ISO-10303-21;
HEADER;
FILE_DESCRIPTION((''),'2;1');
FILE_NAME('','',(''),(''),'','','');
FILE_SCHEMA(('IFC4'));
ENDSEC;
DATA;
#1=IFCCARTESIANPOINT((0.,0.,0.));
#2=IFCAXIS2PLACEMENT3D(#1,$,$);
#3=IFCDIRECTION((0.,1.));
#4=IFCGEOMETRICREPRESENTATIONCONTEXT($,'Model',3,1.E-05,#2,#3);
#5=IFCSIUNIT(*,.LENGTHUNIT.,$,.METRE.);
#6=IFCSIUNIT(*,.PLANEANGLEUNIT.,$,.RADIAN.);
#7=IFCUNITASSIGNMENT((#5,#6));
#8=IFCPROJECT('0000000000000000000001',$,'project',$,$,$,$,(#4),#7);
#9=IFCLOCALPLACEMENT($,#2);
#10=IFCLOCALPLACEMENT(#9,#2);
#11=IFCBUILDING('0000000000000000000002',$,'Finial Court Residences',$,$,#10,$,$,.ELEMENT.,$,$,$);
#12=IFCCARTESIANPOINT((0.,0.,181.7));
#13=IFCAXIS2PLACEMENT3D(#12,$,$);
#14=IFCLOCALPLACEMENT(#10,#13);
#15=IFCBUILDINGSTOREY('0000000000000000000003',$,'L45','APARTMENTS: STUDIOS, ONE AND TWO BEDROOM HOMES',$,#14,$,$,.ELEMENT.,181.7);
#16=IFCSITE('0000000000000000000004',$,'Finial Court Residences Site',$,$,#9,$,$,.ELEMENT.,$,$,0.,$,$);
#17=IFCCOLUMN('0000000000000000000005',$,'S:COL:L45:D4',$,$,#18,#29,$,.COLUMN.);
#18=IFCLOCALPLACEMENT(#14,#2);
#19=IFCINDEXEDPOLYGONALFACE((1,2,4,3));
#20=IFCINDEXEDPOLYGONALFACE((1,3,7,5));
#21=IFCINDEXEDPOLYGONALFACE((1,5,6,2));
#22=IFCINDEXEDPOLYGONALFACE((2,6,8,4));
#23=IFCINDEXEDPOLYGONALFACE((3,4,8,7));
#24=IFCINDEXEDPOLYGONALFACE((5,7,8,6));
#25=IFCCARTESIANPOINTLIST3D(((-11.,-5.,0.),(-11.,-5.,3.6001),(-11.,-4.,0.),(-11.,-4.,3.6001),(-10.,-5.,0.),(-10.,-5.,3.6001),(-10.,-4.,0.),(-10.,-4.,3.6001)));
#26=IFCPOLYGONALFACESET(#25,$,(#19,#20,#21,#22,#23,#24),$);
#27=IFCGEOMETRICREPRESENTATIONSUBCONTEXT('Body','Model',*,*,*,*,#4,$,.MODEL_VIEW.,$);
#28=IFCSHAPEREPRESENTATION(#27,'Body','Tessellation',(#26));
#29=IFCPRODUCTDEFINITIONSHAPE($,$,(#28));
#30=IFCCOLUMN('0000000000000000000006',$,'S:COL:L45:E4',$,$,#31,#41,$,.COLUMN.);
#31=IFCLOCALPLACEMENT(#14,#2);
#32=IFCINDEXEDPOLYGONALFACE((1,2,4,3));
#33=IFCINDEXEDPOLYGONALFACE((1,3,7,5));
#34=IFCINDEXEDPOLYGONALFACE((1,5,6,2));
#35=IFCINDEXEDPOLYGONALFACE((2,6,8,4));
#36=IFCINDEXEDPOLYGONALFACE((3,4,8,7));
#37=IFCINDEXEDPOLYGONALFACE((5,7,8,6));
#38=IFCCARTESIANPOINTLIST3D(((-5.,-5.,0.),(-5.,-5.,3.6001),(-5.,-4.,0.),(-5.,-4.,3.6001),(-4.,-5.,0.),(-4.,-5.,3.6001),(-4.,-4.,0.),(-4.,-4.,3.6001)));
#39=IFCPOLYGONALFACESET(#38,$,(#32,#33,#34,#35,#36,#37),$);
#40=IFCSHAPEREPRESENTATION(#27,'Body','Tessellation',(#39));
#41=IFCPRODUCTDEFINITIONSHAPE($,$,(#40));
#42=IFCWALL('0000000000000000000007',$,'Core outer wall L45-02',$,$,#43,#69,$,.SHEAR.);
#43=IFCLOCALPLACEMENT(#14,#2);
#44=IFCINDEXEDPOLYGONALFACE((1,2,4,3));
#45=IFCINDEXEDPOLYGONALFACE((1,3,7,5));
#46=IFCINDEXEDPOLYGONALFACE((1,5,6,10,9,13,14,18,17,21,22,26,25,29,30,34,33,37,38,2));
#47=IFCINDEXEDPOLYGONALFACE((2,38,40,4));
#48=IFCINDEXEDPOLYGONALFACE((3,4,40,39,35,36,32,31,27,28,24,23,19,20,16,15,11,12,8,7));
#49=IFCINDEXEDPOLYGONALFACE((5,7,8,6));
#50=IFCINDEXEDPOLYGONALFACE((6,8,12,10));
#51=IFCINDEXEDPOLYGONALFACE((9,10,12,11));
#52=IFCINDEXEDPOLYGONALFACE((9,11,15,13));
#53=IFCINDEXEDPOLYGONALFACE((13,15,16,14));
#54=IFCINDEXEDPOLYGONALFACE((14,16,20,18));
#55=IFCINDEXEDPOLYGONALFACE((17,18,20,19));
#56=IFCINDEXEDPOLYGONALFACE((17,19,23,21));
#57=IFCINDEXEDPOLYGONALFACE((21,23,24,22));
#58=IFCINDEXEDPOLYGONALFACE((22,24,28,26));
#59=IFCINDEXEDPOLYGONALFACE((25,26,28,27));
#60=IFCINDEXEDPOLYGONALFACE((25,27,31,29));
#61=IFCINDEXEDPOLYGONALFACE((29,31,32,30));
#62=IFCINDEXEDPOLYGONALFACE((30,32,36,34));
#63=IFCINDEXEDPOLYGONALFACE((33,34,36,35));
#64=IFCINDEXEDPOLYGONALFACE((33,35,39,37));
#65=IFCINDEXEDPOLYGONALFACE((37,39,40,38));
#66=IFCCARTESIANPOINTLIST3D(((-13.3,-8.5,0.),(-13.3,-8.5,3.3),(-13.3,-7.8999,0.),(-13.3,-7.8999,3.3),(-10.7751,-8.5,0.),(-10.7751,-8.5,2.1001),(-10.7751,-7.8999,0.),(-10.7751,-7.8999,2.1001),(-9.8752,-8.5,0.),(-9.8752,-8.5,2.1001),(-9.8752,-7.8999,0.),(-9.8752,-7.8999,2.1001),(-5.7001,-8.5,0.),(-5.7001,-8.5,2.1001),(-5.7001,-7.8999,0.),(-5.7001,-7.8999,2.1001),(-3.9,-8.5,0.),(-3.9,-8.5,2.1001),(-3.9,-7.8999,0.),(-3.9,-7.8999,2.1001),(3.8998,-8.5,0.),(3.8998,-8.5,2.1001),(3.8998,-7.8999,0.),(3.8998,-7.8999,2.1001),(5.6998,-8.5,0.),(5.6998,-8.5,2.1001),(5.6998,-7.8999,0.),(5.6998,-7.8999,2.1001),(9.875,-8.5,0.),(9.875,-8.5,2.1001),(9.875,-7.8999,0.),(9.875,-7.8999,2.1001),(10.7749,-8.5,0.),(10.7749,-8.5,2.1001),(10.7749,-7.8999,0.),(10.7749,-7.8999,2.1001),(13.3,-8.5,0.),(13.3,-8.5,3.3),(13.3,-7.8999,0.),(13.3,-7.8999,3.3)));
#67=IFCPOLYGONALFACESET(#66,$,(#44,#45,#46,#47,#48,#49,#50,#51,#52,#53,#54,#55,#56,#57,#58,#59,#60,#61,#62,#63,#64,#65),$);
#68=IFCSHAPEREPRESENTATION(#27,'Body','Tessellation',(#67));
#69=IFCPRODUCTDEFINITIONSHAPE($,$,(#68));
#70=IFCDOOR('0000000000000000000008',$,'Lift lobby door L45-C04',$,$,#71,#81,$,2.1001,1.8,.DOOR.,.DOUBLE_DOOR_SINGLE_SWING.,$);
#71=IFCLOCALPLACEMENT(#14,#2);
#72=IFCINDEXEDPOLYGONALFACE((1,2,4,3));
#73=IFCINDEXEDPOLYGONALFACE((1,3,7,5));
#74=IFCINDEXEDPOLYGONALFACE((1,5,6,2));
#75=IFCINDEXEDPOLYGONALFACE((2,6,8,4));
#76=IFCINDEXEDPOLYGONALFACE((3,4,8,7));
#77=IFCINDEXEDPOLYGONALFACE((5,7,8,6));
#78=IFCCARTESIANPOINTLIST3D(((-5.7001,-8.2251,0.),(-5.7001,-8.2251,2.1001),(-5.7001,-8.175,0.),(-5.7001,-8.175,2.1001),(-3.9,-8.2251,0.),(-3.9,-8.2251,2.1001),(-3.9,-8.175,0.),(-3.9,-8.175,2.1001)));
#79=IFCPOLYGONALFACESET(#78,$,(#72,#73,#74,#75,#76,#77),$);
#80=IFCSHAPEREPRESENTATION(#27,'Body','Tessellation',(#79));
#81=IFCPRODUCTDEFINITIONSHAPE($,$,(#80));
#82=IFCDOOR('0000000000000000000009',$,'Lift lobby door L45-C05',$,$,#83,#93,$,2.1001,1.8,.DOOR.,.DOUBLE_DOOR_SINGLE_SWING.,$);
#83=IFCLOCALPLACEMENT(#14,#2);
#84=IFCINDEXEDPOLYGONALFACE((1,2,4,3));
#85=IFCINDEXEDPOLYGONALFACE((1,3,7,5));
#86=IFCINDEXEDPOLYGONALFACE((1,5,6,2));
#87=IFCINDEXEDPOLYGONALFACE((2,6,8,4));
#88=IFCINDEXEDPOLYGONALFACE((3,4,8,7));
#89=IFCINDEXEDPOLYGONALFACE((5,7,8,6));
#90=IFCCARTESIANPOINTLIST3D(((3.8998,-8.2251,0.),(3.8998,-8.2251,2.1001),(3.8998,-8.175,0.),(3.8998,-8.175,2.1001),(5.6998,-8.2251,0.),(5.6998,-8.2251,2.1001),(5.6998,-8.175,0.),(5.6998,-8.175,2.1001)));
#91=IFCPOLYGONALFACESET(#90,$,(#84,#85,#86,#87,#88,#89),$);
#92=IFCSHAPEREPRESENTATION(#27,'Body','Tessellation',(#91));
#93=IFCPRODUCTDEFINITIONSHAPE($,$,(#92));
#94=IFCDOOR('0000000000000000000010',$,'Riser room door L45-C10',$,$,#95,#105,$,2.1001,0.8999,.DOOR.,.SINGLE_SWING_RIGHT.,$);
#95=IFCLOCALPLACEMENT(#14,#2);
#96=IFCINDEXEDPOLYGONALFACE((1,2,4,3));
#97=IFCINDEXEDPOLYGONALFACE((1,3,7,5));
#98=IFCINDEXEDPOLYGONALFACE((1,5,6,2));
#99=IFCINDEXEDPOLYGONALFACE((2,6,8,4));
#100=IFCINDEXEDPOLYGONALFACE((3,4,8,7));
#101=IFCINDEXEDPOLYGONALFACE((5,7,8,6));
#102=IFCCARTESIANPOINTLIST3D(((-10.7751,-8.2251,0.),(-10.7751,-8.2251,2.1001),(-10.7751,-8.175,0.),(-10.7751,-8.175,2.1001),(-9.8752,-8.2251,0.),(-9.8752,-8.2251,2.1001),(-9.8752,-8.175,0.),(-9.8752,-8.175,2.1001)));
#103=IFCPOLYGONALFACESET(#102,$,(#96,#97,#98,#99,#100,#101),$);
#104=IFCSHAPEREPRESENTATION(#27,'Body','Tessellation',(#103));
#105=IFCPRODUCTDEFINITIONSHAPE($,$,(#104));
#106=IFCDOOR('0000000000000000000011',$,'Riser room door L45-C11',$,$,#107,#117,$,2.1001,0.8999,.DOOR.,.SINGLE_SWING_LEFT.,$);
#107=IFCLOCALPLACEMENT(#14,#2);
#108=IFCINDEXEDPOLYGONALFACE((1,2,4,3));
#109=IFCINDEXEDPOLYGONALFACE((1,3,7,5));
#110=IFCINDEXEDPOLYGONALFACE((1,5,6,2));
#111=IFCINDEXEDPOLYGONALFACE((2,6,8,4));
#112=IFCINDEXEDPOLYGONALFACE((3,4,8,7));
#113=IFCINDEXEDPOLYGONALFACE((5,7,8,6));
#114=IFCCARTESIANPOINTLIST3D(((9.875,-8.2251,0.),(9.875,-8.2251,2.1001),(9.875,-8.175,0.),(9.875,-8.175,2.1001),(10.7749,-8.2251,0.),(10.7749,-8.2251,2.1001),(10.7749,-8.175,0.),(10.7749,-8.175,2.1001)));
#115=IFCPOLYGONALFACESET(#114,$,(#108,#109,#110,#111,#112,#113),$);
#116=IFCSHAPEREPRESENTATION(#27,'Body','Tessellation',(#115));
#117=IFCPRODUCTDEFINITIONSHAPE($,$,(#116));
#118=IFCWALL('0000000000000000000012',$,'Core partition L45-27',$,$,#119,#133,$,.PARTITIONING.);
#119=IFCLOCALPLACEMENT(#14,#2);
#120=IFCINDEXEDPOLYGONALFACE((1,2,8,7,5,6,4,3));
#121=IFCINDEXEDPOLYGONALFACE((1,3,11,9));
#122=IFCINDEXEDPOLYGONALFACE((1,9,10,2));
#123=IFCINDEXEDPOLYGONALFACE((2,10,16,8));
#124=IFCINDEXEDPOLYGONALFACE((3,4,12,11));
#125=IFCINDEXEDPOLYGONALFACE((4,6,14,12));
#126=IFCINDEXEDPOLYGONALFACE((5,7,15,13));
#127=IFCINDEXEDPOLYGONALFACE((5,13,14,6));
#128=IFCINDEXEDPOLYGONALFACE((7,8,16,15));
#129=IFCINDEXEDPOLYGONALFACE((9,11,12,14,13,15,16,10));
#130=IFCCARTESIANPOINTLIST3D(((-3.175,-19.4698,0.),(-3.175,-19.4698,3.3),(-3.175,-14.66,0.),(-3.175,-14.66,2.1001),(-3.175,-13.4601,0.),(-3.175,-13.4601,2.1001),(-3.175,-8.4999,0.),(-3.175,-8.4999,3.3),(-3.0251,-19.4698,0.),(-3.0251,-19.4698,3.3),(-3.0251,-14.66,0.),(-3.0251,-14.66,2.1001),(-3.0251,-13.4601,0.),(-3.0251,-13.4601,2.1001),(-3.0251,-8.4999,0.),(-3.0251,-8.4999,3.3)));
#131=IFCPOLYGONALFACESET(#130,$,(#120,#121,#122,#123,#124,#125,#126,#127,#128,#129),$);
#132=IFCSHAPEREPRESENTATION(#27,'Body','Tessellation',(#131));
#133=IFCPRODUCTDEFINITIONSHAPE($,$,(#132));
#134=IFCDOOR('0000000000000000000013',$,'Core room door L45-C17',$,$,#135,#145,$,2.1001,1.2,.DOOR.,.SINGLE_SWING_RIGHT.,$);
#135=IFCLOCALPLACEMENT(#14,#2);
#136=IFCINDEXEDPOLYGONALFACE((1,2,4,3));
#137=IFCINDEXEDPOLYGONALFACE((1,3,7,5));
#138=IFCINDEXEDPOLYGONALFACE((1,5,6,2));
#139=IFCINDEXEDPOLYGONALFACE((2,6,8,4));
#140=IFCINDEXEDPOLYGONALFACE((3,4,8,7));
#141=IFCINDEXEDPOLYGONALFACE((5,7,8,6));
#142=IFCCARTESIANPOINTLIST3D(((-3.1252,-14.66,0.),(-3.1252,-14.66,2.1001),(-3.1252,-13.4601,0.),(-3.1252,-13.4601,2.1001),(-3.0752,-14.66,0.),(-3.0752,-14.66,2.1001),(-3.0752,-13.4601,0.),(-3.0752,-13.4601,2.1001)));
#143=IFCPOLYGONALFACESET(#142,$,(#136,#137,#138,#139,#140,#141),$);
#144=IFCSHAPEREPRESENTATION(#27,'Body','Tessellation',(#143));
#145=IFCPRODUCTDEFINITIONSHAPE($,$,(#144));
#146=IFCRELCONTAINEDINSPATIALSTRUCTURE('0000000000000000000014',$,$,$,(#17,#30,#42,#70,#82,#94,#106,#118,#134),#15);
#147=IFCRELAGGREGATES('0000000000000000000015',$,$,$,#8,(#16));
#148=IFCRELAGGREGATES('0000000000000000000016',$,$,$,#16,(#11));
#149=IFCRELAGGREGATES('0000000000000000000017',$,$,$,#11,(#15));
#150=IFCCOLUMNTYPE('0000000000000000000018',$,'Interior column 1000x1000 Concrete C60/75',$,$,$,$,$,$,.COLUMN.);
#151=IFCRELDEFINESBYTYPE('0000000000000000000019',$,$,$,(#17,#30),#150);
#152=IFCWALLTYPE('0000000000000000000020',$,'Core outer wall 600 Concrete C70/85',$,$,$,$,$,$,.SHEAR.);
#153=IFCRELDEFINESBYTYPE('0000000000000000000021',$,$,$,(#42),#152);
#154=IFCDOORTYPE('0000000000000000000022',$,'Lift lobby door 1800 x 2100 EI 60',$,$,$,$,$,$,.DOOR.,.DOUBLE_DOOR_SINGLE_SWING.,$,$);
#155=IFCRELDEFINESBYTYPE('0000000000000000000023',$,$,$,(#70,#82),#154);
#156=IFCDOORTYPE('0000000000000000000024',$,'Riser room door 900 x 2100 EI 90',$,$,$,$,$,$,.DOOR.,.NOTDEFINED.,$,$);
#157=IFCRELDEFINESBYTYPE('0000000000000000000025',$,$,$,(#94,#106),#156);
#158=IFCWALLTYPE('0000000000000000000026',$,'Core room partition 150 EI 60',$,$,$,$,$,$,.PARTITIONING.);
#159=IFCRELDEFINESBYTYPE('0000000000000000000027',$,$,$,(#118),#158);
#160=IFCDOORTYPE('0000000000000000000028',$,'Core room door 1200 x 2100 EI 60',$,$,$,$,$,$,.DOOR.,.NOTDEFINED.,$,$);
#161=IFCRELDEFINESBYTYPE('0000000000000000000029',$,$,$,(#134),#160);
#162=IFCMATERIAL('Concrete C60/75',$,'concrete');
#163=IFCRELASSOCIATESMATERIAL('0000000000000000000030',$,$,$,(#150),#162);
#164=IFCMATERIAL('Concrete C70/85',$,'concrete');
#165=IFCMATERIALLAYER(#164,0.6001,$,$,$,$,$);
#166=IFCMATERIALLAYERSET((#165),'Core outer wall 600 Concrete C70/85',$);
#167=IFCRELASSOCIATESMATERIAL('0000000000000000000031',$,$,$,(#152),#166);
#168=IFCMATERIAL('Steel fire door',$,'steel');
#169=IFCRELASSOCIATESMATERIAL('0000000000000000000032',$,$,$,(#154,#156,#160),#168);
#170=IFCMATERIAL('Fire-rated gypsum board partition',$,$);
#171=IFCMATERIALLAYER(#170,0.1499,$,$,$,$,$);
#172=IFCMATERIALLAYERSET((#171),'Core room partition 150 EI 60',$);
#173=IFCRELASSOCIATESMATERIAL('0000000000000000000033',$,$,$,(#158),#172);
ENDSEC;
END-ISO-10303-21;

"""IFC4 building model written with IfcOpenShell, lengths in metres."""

from ifc_helpers import new_model, si_unit, direction, frame, frame_2d, origin, origin_2d, place, context, subcontext, project, spatial, rectangle, extrude, material, layer, layer_set, material_profile, profile_set, type_object, element, fill, save


model = new_model("IFC4")

# Units and contexts
model_context = context("Model", 3, precision=1e-05, world=origin(), true_north=direction((0.0, 1.0)))
body_context = subcontext(model_context, "Body", "Model", "MODEL_VIEW")
ifc_project = project(units=[si_unit("LENGTHUNIT", "METRE"), si_unit("PLANEANGLEUNIT", "RADIAN")], contexts=[model_context])

# Site, building, storey
site_placement = place(None, origin())
site = spatial("IfcSite", under=ifc_project, at=site_placement, Name="Finial Court Residences Site", CompositionType="ELEMENT", RefElevation=0.0)
building_placement = place(site_placement, origin())
building = spatial("IfcBuilding", under=site, at=building_placement, Name="Finial Court Residences", CompositionType="ELEMENT")
storey_placement = place(building_placement, frame((0.0, 0.0, 181.7)))
storey = spatial("IfcBuildingStorey", under=building, at=storey_placement, Name="L45", Description="APARTMENTS: STUDIOS, ONE AND TWO BEDROOM HOMES", CompositionType="ELEMENT", Elevation=181.7)

# Columns
ifc_material_1 = material(Name="Concrete C60/75", Category="concrete")
ifc_material_profile = material_profile(ifc_material_1, rectangle(XDim=1.0, YDim=1.0, at=origin_2d()), Name="1000x1000")
ifc_profile_set = profile_set([ifc_material_profile], Name="Concrete C60/75")
column_type = type_object("IfcColumnType", Name="Interior column 1000x1000 Concrete C60/75", PredefinedType="COLUMN", material=ifc_profile_set)
for number, where, z_axis, x_axis, name in (
    (1, (-10.5, -4.5, 0.0), (0.0, 0.0, 1.0), (1.0, 0.0, 0.0), "S:COL:L45:D4"),
    (2, (-4.5, -4.5, 0.0), (0.0, 0.0, 1.0), (1.0, 0.0, 0.0), "S:COL:L45:E4"),
):
    element("IfcColumn", number, at=place(storey_placement, frame(where, z_axis=z_axis, x_axis=x_axis)), inside=storey, type_object=column_type, Name=name, PredefinedType="COLUMN", context=body_context, shape_type="SweptSolid", body=[
        extrude(rectangle(XDim=1.0, YDim=1.0, at=origin_2d()), origin(), (0.0, 0.0, 1.0), 3.6001),
    ])

# Wall, openings, doors
ifc_material_2 = material(Name="Concrete C70/85", Category="concrete")
ifc_layer_1 = layer(ifc_material_2, 0.6001)
ifc_layer_set_1 = layer_set([ifc_layer_1], Name="Core outer wall 600 Concrete C70/85")
wall_type_1 = type_object("IfcWallType", Name="Core outer wall 600 Concrete C70/85", PredefinedType="SHEAR", material=ifc_layer_set_1)
wall_1_placement = place(storey_placement, frame((-13.3, -8.2, 0.0), z_axis=(0.0, 0.0, 1.0), x_axis=(1.0, 0.0, 0.0)))
wall_1 = element("IfcWall", 3, at=wall_1_placement, inside=storey, type_object=wall_type_1, Name="Core outer wall L45-02", PredefinedType="SHEAR", context=body_context, shape_type="SweptSolid", body=[
    extrude(rectangle(XDim=26.6001, YDim=0.6001, at=frame_2d((13.3, 0.0))), origin(), (0.0, 0.0, 1.0), 3.3),
])
opening_1_placement = place(wall_1_placement, frame((7.6001, 0.0, 0.0)))
opening_1 = element("IfcOpeningElement", 4, at=opening_1_placement, cuts=wall_1, PredefinedType="OPENING", context=body_context, shape_type="SweptSolid", body=[
    extrude(rectangle(XDim=1.8, YDim=2.1001, at=frame_2d((0.8999, 1.05))), frame((0.0, 0.3101, 0.0), z_axis=(0.0, -1.0, 0.0), x_axis=(1.0, 0.0, 0.0)), (0.0, 0.0, 1.0), 0.6201),
])
opening_2_placement = place(wall_1_placement, frame((17.2, 0.0, 0.0)))
opening_2 = element("IfcOpeningElement", 5, at=opening_2_placement, cuts=wall_1, PredefinedType="OPENING", context=body_context, shape_type="SweptSolid", body=[
    extrude(rectangle(XDim=1.8, YDim=2.1001, at=frame_2d((0.8999, 1.05))), frame((0.0, 0.3101, 0.0), z_axis=(0.0, -1.0, 0.0), x_axis=(1.0, 0.0, 0.0)), (0.0, 0.0, 1.0), 0.6201),
])
opening_3_placement = place(wall_1_placement, frame((2.5249, 0.0, 0.0)))
opening_3 = element("IfcOpeningElement", 6, at=opening_3_placement, cuts=wall_1, PredefinedType="OPENING", context=body_context, shape_type="SweptSolid", body=[
    extrude(rectangle(XDim=0.8999, YDim=2.1001, at=frame_2d((0.45, 1.05))), frame((0.0, 0.3101, 0.0), z_axis=(0.0, -1.0, 0.0), x_axis=(1.0, 0.0, 0.0)), (0.0, 0.0, 1.0), 0.6201),
])
opening_4_placement = place(wall_1_placement, frame((23.175, 0.0, 0.0)))
opening_4 = element("IfcOpeningElement", 7, at=opening_4_placement, cuts=wall_1, PredefinedType="OPENING", context=body_context, shape_type="SweptSolid", body=[
    extrude(rectangle(XDim=0.8999, YDim=2.1001, at=frame_2d((0.45, 1.05))), frame((0.0, 0.3101, 0.0), z_axis=(0.0, -1.0, 0.0), x_axis=(1.0, 0.0, 0.0)), (0.0, 0.0, 1.0), 0.6201),
])
ifc_material_3 = material(Name="Steel fire door", Category="steel")
door_type_1 = type_object("IfcDoorType", Name="Lift lobby door 1800 x 2100 EI 60", OperationType="DOUBLE_DOOR_SINGLE_SWING", PredefinedType="DOOR", material=ifc_material_3)
door_1_placement = place(opening_1_placement, origin())
door_1 = element("IfcDoor", 8, at=door_1_placement, inside=storey, type_object=door_type_1, Name="Lift lobby door L45-C04", OperationType="DOUBLE_DOOR_SINGLE_SWING", OverallHeight=2.1001, OverallWidth=1.8, PredefinedType="DOOR", context=body_context, shape_type="SweptSolid", body=[
    extrude(rectangle(XDim=1.8, YDim=2.1001, at=frame_2d((0.8999, 1.05))), frame((0.0, 0.0249, 0.0), z_axis=(0.0, -1.0, 0.0), x_axis=(1.0, 0.0, 0.0)), (0.0, 0.0, 1.0), 0.05),
])
fill(opening_1, door_1)
door_2_placement = place(opening_2_placement, origin())
door_2 = element("IfcDoor", 9, at=door_2_placement, inside=storey, type_object=door_type_1, Name="Lift lobby door L45-C05", OperationType="DOUBLE_DOOR_SINGLE_SWING", OverallHeight=2.1001, OverallWidth=1.8, PredefinedType="DOOR", context=body_context, shape_type="SweptSolid", body=[
    extrude(rectangle(XDim=1.8, YDim=2.1001, at=frame_2d((0.8999, 1.05))), frame((0.0, 0.0249, 0.0), z_axis=(0.0, -1.0, 0.0), x_axis=(1.0, 0.0, 0.0)), (0.0, 0.0, 1.0), 0.05),
])
fill(opening_2, door_2)
door_type_2 = type_object("IfcDoorType", Name="Riser room door 900 x 2100 EI 90", OperationType="NOTDEFINED", PredefinedType="DOOR", material=ifc_material_3)
door_3_placement = place(opening_3_placement, origin())
door_3 = element("IfcDoor", 10, at=door_3_placement, inside=storey, type_object=door_type_2, Name="Riser room door L45-C10", OperationType="SINGLE_SWING_RIGHT", OverallHeight=2.1001, OverallWidth=0.8999, PredefinedType="DOOR", context=body_context, shape_type="SweptSolid", body=[
    extrude(rectangle(XDim=0.8999, YDim=2.1001, at=frame_2d((0.45, 1.05))), frame((0.0, 0.0249, 0.0), z_axis=(0.0, -1.0, 0.0), x_axis=(1.0, 0.0, 0.0)), (0.0, 0.0, 1.0), 0.05),
])
fill(opening_3, door_3)
door_4_placement = place(opening_4_placement, origin())
door_4 = element("IfcDoor", 11, at=door_4_placement, inside=storey, type_object=door_type_2, Name="Riser room door L45-C11", OperationType="SINGLE_SWING_LEFT", OverallHeight=2.1001, OverallWidth=0.8999, PredefinedType="DOOR", context=body_context, shape_type="SweptSolid", body=[
    extrude(rectangle(XDim=0.8999, YDim=2.1001, at=frame_2d((0.45, 1.05))), frame((0.0, 0.0249, 0.0), z_axis=(0.0, -1.0, 0.0), x_axis=(1.0, 0.0, 0.0)), (0.0, 0.0, 1.0), 0.05),
])
fill(opening_4, door_4)

# Wall, opening, door
ifc_material_4 = material(Name="Fire-rated gypsum board partition")
ifc_layer_2 = layer(ifc_material_4, 0.1499)
ifc_layer_set_2 = layer_set([ifc_layer_2], Name="Core room partition 150 EI 60")
wall_type_2 = type_object("IfcWallType", Name="Core room partition 150 EI 60", PredefinedType="PARTITIONING", material=ifc_layer_set_2)
wall_2_placement = place(storey_placement, frame((-3.1001, -8.5, 0.0), z_axis=(0.0, 0.0, 1.0), x_axis=(0.0, -1.0, 0.0)))
wall_2 = element("IfcWall", 12, at=wall_2_placement, inside=storey, type_object=wall_type_2, Name="Core partition L45-27", PredefinedType="PARTITIONING", context=body_context, shape_type="SweptSolid", body=[
    extrude(rectangle(XDim=10.97, YDim=0.1499, at=frame_2d((5.4849, 0.0))), origin(), (0.0, 0.0, 1.0), 3.3),
])
opening_5_placement = place(wall_2_placement, frame((4.96, 0.0, 0.0)))
opening_5 = element("IfcOpeningElement", 13, at=opening_5_placement, cuts=wall_2, PredefinedType="OPENING", context=body_context, shape_type="SweptSolid", body=[
    extrude(rectangle(XDim=1.2, YDim=2.1001, at=frame_2d((0.6001, 1.05))), frame((0.0, 0.085, 0.0), z_axis=(0.0, -1.0, 0.0), x_axis=(1.0, 0.0, 0.0)), (0.0, 0.0, 1.0), 0.1699),
])
door_type_3 = type_object("IfcDoorType", Name="Core room door 1200 x 2100 EI 60", OperationType="NOTDEFINED", PredefinedType="DOOR", material=ifc_material_3)
door_5_placement = place(opening_5_placement, origin())
door_5 = element("IfcDoor", 14, at=door_5_placement, inside=storey, type_object=door_type_3, Name="Core room door L45-C17", OperationType="SINGLE_SWING_RIGHT", OverallHeight=2.1001, OverallWidth=1.2, PredefinedType="DOOR", context=body_context, shape_type="SweptSolid", body=[
    extrude(rectangle(XDim=1.2, YDim=2.1001, at=frame_2d((0.6001, 1.05))), frame((0.0, 0.0249, 0.0), z_axis=(0.0, -1.0, 0.0), x_axis=(1.0, 0.0, 0.0)), (0.0, 0.0, 1.0), 0.05),
])
fill(opening_5, door_5)

save(model, "model.ifc")
